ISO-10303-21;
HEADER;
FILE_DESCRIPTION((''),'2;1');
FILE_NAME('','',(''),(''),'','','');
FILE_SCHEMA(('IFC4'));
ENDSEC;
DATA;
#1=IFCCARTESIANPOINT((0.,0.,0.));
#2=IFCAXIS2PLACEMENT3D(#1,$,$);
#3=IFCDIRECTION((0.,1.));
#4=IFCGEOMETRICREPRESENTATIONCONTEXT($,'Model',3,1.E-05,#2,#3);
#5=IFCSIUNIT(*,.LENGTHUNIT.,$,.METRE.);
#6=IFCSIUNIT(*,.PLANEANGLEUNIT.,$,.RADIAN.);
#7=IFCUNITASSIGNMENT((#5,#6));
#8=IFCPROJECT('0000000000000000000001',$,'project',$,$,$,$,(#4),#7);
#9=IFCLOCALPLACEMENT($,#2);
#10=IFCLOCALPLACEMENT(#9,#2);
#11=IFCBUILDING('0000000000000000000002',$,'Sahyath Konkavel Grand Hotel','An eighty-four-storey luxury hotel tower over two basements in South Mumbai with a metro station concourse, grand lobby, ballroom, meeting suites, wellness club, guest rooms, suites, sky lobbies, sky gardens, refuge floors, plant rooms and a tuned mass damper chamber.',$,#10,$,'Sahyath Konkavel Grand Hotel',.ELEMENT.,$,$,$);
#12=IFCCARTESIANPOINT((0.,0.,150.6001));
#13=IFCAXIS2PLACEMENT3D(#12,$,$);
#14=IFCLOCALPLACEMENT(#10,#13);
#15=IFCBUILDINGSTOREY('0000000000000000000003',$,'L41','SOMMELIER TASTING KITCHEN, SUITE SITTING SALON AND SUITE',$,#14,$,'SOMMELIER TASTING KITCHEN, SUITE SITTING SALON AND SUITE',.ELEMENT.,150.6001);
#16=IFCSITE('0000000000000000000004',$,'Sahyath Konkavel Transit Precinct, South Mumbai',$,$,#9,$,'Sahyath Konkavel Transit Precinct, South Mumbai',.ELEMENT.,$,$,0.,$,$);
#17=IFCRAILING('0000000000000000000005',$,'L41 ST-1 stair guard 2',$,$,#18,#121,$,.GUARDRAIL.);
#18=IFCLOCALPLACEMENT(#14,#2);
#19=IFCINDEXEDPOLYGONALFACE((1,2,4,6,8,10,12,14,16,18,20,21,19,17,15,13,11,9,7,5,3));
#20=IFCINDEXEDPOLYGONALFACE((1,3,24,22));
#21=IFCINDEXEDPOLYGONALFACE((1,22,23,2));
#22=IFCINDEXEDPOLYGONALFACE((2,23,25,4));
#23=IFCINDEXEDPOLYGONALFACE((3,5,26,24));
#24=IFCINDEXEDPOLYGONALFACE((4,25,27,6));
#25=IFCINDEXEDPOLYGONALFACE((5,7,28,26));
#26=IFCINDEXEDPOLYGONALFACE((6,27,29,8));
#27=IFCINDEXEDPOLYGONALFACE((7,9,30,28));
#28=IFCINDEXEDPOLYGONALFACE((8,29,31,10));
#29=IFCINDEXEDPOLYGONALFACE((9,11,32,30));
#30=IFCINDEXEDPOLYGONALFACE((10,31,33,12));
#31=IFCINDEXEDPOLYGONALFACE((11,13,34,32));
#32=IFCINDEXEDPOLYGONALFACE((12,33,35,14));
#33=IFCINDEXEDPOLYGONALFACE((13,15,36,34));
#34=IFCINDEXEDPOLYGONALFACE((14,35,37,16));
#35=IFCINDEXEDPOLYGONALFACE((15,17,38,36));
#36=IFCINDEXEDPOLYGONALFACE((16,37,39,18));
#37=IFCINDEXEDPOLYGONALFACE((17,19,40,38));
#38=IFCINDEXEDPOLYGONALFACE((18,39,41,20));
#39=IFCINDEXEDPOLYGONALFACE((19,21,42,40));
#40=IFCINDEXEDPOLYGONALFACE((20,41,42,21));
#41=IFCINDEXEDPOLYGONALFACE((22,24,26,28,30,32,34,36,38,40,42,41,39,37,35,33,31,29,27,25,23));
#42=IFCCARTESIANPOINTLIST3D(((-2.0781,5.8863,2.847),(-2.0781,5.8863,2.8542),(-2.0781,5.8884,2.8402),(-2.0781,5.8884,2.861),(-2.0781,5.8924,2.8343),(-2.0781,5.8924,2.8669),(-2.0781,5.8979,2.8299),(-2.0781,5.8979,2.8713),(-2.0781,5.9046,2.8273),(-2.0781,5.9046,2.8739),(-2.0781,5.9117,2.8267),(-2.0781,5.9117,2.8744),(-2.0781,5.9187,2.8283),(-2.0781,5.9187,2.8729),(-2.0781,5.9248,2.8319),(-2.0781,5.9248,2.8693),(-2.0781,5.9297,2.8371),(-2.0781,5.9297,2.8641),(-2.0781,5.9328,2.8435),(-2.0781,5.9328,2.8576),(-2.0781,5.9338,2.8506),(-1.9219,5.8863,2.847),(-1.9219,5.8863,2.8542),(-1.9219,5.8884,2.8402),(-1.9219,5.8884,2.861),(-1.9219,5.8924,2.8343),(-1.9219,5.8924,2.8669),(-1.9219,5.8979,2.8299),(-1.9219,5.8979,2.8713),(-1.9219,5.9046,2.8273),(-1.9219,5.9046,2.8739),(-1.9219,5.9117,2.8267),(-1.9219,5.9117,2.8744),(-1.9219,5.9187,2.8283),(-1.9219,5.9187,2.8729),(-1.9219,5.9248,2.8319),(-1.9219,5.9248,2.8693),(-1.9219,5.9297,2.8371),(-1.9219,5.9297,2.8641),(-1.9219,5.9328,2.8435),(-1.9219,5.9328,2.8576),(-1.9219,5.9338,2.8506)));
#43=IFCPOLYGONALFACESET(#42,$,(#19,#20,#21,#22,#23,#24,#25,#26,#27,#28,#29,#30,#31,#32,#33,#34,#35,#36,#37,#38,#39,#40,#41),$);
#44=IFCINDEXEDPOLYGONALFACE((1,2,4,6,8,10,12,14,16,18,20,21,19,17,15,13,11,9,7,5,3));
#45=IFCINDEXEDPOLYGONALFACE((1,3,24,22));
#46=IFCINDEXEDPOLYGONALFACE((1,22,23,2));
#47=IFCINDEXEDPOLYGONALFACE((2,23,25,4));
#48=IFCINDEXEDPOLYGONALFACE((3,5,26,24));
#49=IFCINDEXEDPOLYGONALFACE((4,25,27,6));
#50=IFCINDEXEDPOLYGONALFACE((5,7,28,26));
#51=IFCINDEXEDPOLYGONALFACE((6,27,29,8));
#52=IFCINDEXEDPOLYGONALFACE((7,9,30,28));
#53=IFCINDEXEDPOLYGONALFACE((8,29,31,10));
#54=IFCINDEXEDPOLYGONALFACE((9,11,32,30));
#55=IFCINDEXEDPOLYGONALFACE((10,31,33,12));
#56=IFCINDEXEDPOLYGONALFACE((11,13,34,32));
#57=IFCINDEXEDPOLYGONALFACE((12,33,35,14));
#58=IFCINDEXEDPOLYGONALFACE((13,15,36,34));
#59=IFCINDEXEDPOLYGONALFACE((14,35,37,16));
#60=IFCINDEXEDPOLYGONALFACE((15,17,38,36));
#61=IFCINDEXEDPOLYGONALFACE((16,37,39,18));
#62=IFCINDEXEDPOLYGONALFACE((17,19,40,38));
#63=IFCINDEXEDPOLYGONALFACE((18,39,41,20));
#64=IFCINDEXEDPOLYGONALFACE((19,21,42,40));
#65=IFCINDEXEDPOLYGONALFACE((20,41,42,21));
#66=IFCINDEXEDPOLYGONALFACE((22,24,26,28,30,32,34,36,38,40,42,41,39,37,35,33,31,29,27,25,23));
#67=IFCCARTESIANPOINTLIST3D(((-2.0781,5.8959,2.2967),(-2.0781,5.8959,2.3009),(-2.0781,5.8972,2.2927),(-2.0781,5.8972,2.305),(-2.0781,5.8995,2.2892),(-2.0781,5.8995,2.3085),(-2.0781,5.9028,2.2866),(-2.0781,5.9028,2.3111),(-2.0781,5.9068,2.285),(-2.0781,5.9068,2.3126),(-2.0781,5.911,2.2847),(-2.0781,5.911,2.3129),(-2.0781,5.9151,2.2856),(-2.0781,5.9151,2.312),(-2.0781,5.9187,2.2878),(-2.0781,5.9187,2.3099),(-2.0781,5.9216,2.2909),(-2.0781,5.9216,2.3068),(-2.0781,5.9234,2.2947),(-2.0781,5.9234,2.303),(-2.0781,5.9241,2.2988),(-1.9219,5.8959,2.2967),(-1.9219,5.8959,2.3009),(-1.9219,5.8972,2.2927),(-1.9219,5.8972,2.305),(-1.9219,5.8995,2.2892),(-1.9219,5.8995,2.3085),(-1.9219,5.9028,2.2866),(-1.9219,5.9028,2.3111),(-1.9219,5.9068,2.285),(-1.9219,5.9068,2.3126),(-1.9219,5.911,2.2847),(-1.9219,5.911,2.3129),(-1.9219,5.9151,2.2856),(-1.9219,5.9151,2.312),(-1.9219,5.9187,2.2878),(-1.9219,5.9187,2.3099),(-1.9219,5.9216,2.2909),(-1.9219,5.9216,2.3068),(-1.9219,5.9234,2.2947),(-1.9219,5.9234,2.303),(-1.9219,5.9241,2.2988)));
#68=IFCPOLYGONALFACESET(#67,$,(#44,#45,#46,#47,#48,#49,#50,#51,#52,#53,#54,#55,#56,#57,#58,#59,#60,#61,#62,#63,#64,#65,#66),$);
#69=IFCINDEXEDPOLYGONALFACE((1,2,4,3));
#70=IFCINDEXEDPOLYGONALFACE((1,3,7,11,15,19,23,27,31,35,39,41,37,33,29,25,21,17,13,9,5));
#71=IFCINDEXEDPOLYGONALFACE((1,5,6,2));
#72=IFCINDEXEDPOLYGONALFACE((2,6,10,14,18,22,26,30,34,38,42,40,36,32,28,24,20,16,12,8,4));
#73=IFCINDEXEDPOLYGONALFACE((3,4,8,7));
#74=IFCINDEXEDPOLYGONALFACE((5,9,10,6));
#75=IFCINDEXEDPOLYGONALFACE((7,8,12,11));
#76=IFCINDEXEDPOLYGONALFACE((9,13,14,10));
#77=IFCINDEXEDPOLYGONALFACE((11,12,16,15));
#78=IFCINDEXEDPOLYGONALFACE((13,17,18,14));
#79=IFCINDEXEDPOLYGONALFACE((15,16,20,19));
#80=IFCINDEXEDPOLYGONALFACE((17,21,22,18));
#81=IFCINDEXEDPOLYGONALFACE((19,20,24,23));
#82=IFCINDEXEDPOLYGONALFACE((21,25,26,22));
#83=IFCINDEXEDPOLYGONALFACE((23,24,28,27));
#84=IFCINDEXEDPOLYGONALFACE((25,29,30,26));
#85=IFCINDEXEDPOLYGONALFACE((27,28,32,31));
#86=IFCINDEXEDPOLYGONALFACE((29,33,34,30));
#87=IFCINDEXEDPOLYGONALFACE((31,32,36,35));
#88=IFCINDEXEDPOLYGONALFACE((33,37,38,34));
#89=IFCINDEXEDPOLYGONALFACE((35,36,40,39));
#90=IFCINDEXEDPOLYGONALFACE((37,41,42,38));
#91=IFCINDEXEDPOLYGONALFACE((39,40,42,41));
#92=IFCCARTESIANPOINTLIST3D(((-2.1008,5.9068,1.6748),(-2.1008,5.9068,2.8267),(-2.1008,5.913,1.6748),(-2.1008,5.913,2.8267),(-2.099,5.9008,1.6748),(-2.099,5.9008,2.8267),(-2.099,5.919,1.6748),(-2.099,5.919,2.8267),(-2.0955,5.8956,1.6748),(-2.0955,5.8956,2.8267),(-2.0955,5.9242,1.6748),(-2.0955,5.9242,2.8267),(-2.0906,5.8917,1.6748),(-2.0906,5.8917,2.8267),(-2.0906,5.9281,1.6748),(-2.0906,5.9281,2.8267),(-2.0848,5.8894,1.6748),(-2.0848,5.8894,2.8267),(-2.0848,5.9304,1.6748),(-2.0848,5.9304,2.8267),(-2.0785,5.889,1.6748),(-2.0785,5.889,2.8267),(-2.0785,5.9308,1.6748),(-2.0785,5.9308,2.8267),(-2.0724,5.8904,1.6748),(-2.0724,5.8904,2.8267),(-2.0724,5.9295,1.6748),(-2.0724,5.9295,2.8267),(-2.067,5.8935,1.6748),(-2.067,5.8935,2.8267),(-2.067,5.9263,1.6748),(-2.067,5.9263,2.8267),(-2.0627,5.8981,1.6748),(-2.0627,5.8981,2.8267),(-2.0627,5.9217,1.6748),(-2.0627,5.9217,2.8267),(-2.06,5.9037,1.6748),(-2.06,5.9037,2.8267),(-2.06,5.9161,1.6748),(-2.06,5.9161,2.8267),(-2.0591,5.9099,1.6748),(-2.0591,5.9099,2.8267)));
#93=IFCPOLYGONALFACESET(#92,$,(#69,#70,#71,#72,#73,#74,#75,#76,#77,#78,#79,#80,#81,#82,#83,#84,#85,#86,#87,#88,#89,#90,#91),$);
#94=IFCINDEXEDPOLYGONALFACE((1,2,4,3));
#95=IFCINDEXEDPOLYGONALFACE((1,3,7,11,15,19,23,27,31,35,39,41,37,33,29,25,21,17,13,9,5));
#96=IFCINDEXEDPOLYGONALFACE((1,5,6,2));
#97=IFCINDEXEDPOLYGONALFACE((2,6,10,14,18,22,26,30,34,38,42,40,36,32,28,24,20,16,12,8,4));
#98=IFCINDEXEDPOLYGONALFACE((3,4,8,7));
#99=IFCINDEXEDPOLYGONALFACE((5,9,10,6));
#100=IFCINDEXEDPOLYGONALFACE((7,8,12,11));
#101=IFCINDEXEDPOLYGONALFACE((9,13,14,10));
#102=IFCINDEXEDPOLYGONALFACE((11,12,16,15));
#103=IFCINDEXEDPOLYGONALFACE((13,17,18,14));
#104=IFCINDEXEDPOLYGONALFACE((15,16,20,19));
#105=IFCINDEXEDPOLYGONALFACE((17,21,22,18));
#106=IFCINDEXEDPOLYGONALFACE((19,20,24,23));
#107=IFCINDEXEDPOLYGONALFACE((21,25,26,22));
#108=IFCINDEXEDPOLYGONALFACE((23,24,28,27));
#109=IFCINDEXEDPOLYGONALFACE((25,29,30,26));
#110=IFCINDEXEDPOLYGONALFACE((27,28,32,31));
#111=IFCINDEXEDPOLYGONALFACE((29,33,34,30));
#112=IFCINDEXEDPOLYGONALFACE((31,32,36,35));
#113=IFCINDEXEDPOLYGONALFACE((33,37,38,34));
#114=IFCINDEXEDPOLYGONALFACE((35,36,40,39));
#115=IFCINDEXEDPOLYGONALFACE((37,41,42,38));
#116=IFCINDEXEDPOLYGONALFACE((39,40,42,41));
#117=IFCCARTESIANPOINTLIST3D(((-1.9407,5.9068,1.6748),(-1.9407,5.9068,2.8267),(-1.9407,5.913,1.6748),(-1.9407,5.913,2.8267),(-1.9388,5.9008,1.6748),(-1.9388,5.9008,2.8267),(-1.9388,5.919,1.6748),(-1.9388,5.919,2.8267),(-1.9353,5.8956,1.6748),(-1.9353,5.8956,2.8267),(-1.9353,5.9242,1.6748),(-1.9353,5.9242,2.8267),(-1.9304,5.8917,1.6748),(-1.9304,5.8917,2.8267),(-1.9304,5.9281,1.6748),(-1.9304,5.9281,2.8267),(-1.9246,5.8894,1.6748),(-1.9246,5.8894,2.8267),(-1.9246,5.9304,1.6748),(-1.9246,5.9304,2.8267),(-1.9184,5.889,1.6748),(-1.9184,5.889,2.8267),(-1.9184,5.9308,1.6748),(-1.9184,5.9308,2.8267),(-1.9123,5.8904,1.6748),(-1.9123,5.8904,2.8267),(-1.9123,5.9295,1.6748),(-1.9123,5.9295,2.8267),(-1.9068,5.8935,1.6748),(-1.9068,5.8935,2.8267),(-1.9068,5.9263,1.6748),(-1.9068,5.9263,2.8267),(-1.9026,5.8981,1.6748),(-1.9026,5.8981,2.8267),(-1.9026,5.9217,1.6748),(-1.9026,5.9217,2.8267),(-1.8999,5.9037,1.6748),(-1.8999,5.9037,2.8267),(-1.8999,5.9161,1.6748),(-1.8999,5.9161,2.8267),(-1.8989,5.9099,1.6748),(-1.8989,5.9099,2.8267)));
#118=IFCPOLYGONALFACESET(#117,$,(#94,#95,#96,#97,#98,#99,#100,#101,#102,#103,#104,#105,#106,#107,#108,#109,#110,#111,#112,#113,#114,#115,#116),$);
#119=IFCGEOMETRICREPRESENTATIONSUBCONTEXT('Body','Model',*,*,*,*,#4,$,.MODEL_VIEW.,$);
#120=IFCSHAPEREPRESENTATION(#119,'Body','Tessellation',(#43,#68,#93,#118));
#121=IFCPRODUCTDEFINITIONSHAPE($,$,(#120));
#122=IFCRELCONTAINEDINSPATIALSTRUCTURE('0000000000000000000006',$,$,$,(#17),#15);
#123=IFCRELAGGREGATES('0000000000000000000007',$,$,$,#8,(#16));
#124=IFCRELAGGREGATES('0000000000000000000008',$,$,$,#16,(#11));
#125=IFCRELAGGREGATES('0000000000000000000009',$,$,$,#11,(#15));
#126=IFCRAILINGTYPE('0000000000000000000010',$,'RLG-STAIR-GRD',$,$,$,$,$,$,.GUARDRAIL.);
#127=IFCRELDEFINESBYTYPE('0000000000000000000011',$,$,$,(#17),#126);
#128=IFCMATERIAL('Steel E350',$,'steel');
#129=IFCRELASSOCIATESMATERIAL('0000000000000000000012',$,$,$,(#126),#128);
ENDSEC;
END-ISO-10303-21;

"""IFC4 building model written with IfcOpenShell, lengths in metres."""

from ifc_helpers import new_model, si_unit, direction, frame, origin, origin_2d, place, context, subcontext, project, spatial, circle, extrude, material, type_object, element, save


model = new_model("IFC4")

# Units and contexts
model_context = context("Model", 3, precision=1e-05, world=origin(), true_north=direction((0.0, 1.0)))
body_context = subcontext(model_context, "Body", "Model", "MODEL_VIEW")
ifc_project = project(units=[si_unit("LENGTHUNIT", "METRE"), si_unit("PLANEANGLEUNIT", "RADIAN")], contexts=[model_context])

# Site, building, storey
site_placement = place(None, origin())
site = spatial("IfcSite", under=ifc_project, at=site_placement, Name="Sahyath Konkavel Transit Precinct, South Mumbai", LongName="Sahyath Konkavel Transit Precinct, South Mumbai", CompositionType="ELEMENT", RefElevation=0.0)
building_placement = place(site_placement, origin())
building = spatial("IfcBuilding", under=site, at=building_placement, Name="Sahyath Konkavel Grand Hotel", Description="An eighty-four-storey luxury hotel tower over two basements in South Mumbai with a metro station concourse, grand lobby, ballroom, meeting suites, wellness club, guest rooms, suites, sky lobbies, sky gardens, refuge floors, plant rooms and a tuned mass damper chamber.", LongName="Sahyath Konkavel Grand Hotel", CompositionType="ELEMENT")
storey_placement = place(building_placement, frame((0.0, 0.0, 150.6001)))
storey = spatial("IfcBuildingStorey", under=building, at=storey_placement, Name="L41", Description="SOMMELIER TASTING KITCHEN, SUITE SITTING SALON AND SUITE", LongName="SOMMELIER TASTING KITCHEN, SUITE SITTING SALON AND SUITE", CompositionType="ELEMENT", Elevation=150.6001)

# Shared definitions
ifc_material_1 = material(Name="Steel E350", Category="steel")

# Railing
railing_type_1 = type_object("IfcRailingType", Name="RLG-STAIR-GRD", PredefinedType="GUARDRAIL", material=ifc_material_1)
railing_1_placement = place(storey_placement, frame((-2.0801, 5.9099, 1.6748)))
element("IfcRailing", 1, at=railing_1_placement, inside=storey, type_object=railing_type_1, Name="L41 ST-1 stair guard 2", PredefinedType="GUARDRAIL", context=body_context, shape_type="SweptSolid", body=[
    extrude(circle(Radius=0.0239, at=origin_2d()), frame((0.002, 0.0, 1.1758), z_axis=(1.0, 0.0, 0.0), x_axis=(0.0, 1.0, 0.0)), (0.0, 0.0, 1.0), 0.1562),
    extrude(circle(Radius=0.0142, at=origin_2d()), frame((0.002, 0.0, 0.624), z_axis=(1.0, 0.0, 0.0), x_axis=(0.0, 1.0, 0.0)), (0.0, 0.0, 1.0), 0.1562),
    extrude(circle(Radius=0.021, at=origin_2d()), origin(), (0.0, 0.0, 1.0), 1.1519),
    extrude(circle(Radius=0.021, at=origin_2d()), frame((0.1602, 0.0, 0.0)), (0.0, 0.0, 1.0), 1.1519),
])

save(model, "model.ifc")
